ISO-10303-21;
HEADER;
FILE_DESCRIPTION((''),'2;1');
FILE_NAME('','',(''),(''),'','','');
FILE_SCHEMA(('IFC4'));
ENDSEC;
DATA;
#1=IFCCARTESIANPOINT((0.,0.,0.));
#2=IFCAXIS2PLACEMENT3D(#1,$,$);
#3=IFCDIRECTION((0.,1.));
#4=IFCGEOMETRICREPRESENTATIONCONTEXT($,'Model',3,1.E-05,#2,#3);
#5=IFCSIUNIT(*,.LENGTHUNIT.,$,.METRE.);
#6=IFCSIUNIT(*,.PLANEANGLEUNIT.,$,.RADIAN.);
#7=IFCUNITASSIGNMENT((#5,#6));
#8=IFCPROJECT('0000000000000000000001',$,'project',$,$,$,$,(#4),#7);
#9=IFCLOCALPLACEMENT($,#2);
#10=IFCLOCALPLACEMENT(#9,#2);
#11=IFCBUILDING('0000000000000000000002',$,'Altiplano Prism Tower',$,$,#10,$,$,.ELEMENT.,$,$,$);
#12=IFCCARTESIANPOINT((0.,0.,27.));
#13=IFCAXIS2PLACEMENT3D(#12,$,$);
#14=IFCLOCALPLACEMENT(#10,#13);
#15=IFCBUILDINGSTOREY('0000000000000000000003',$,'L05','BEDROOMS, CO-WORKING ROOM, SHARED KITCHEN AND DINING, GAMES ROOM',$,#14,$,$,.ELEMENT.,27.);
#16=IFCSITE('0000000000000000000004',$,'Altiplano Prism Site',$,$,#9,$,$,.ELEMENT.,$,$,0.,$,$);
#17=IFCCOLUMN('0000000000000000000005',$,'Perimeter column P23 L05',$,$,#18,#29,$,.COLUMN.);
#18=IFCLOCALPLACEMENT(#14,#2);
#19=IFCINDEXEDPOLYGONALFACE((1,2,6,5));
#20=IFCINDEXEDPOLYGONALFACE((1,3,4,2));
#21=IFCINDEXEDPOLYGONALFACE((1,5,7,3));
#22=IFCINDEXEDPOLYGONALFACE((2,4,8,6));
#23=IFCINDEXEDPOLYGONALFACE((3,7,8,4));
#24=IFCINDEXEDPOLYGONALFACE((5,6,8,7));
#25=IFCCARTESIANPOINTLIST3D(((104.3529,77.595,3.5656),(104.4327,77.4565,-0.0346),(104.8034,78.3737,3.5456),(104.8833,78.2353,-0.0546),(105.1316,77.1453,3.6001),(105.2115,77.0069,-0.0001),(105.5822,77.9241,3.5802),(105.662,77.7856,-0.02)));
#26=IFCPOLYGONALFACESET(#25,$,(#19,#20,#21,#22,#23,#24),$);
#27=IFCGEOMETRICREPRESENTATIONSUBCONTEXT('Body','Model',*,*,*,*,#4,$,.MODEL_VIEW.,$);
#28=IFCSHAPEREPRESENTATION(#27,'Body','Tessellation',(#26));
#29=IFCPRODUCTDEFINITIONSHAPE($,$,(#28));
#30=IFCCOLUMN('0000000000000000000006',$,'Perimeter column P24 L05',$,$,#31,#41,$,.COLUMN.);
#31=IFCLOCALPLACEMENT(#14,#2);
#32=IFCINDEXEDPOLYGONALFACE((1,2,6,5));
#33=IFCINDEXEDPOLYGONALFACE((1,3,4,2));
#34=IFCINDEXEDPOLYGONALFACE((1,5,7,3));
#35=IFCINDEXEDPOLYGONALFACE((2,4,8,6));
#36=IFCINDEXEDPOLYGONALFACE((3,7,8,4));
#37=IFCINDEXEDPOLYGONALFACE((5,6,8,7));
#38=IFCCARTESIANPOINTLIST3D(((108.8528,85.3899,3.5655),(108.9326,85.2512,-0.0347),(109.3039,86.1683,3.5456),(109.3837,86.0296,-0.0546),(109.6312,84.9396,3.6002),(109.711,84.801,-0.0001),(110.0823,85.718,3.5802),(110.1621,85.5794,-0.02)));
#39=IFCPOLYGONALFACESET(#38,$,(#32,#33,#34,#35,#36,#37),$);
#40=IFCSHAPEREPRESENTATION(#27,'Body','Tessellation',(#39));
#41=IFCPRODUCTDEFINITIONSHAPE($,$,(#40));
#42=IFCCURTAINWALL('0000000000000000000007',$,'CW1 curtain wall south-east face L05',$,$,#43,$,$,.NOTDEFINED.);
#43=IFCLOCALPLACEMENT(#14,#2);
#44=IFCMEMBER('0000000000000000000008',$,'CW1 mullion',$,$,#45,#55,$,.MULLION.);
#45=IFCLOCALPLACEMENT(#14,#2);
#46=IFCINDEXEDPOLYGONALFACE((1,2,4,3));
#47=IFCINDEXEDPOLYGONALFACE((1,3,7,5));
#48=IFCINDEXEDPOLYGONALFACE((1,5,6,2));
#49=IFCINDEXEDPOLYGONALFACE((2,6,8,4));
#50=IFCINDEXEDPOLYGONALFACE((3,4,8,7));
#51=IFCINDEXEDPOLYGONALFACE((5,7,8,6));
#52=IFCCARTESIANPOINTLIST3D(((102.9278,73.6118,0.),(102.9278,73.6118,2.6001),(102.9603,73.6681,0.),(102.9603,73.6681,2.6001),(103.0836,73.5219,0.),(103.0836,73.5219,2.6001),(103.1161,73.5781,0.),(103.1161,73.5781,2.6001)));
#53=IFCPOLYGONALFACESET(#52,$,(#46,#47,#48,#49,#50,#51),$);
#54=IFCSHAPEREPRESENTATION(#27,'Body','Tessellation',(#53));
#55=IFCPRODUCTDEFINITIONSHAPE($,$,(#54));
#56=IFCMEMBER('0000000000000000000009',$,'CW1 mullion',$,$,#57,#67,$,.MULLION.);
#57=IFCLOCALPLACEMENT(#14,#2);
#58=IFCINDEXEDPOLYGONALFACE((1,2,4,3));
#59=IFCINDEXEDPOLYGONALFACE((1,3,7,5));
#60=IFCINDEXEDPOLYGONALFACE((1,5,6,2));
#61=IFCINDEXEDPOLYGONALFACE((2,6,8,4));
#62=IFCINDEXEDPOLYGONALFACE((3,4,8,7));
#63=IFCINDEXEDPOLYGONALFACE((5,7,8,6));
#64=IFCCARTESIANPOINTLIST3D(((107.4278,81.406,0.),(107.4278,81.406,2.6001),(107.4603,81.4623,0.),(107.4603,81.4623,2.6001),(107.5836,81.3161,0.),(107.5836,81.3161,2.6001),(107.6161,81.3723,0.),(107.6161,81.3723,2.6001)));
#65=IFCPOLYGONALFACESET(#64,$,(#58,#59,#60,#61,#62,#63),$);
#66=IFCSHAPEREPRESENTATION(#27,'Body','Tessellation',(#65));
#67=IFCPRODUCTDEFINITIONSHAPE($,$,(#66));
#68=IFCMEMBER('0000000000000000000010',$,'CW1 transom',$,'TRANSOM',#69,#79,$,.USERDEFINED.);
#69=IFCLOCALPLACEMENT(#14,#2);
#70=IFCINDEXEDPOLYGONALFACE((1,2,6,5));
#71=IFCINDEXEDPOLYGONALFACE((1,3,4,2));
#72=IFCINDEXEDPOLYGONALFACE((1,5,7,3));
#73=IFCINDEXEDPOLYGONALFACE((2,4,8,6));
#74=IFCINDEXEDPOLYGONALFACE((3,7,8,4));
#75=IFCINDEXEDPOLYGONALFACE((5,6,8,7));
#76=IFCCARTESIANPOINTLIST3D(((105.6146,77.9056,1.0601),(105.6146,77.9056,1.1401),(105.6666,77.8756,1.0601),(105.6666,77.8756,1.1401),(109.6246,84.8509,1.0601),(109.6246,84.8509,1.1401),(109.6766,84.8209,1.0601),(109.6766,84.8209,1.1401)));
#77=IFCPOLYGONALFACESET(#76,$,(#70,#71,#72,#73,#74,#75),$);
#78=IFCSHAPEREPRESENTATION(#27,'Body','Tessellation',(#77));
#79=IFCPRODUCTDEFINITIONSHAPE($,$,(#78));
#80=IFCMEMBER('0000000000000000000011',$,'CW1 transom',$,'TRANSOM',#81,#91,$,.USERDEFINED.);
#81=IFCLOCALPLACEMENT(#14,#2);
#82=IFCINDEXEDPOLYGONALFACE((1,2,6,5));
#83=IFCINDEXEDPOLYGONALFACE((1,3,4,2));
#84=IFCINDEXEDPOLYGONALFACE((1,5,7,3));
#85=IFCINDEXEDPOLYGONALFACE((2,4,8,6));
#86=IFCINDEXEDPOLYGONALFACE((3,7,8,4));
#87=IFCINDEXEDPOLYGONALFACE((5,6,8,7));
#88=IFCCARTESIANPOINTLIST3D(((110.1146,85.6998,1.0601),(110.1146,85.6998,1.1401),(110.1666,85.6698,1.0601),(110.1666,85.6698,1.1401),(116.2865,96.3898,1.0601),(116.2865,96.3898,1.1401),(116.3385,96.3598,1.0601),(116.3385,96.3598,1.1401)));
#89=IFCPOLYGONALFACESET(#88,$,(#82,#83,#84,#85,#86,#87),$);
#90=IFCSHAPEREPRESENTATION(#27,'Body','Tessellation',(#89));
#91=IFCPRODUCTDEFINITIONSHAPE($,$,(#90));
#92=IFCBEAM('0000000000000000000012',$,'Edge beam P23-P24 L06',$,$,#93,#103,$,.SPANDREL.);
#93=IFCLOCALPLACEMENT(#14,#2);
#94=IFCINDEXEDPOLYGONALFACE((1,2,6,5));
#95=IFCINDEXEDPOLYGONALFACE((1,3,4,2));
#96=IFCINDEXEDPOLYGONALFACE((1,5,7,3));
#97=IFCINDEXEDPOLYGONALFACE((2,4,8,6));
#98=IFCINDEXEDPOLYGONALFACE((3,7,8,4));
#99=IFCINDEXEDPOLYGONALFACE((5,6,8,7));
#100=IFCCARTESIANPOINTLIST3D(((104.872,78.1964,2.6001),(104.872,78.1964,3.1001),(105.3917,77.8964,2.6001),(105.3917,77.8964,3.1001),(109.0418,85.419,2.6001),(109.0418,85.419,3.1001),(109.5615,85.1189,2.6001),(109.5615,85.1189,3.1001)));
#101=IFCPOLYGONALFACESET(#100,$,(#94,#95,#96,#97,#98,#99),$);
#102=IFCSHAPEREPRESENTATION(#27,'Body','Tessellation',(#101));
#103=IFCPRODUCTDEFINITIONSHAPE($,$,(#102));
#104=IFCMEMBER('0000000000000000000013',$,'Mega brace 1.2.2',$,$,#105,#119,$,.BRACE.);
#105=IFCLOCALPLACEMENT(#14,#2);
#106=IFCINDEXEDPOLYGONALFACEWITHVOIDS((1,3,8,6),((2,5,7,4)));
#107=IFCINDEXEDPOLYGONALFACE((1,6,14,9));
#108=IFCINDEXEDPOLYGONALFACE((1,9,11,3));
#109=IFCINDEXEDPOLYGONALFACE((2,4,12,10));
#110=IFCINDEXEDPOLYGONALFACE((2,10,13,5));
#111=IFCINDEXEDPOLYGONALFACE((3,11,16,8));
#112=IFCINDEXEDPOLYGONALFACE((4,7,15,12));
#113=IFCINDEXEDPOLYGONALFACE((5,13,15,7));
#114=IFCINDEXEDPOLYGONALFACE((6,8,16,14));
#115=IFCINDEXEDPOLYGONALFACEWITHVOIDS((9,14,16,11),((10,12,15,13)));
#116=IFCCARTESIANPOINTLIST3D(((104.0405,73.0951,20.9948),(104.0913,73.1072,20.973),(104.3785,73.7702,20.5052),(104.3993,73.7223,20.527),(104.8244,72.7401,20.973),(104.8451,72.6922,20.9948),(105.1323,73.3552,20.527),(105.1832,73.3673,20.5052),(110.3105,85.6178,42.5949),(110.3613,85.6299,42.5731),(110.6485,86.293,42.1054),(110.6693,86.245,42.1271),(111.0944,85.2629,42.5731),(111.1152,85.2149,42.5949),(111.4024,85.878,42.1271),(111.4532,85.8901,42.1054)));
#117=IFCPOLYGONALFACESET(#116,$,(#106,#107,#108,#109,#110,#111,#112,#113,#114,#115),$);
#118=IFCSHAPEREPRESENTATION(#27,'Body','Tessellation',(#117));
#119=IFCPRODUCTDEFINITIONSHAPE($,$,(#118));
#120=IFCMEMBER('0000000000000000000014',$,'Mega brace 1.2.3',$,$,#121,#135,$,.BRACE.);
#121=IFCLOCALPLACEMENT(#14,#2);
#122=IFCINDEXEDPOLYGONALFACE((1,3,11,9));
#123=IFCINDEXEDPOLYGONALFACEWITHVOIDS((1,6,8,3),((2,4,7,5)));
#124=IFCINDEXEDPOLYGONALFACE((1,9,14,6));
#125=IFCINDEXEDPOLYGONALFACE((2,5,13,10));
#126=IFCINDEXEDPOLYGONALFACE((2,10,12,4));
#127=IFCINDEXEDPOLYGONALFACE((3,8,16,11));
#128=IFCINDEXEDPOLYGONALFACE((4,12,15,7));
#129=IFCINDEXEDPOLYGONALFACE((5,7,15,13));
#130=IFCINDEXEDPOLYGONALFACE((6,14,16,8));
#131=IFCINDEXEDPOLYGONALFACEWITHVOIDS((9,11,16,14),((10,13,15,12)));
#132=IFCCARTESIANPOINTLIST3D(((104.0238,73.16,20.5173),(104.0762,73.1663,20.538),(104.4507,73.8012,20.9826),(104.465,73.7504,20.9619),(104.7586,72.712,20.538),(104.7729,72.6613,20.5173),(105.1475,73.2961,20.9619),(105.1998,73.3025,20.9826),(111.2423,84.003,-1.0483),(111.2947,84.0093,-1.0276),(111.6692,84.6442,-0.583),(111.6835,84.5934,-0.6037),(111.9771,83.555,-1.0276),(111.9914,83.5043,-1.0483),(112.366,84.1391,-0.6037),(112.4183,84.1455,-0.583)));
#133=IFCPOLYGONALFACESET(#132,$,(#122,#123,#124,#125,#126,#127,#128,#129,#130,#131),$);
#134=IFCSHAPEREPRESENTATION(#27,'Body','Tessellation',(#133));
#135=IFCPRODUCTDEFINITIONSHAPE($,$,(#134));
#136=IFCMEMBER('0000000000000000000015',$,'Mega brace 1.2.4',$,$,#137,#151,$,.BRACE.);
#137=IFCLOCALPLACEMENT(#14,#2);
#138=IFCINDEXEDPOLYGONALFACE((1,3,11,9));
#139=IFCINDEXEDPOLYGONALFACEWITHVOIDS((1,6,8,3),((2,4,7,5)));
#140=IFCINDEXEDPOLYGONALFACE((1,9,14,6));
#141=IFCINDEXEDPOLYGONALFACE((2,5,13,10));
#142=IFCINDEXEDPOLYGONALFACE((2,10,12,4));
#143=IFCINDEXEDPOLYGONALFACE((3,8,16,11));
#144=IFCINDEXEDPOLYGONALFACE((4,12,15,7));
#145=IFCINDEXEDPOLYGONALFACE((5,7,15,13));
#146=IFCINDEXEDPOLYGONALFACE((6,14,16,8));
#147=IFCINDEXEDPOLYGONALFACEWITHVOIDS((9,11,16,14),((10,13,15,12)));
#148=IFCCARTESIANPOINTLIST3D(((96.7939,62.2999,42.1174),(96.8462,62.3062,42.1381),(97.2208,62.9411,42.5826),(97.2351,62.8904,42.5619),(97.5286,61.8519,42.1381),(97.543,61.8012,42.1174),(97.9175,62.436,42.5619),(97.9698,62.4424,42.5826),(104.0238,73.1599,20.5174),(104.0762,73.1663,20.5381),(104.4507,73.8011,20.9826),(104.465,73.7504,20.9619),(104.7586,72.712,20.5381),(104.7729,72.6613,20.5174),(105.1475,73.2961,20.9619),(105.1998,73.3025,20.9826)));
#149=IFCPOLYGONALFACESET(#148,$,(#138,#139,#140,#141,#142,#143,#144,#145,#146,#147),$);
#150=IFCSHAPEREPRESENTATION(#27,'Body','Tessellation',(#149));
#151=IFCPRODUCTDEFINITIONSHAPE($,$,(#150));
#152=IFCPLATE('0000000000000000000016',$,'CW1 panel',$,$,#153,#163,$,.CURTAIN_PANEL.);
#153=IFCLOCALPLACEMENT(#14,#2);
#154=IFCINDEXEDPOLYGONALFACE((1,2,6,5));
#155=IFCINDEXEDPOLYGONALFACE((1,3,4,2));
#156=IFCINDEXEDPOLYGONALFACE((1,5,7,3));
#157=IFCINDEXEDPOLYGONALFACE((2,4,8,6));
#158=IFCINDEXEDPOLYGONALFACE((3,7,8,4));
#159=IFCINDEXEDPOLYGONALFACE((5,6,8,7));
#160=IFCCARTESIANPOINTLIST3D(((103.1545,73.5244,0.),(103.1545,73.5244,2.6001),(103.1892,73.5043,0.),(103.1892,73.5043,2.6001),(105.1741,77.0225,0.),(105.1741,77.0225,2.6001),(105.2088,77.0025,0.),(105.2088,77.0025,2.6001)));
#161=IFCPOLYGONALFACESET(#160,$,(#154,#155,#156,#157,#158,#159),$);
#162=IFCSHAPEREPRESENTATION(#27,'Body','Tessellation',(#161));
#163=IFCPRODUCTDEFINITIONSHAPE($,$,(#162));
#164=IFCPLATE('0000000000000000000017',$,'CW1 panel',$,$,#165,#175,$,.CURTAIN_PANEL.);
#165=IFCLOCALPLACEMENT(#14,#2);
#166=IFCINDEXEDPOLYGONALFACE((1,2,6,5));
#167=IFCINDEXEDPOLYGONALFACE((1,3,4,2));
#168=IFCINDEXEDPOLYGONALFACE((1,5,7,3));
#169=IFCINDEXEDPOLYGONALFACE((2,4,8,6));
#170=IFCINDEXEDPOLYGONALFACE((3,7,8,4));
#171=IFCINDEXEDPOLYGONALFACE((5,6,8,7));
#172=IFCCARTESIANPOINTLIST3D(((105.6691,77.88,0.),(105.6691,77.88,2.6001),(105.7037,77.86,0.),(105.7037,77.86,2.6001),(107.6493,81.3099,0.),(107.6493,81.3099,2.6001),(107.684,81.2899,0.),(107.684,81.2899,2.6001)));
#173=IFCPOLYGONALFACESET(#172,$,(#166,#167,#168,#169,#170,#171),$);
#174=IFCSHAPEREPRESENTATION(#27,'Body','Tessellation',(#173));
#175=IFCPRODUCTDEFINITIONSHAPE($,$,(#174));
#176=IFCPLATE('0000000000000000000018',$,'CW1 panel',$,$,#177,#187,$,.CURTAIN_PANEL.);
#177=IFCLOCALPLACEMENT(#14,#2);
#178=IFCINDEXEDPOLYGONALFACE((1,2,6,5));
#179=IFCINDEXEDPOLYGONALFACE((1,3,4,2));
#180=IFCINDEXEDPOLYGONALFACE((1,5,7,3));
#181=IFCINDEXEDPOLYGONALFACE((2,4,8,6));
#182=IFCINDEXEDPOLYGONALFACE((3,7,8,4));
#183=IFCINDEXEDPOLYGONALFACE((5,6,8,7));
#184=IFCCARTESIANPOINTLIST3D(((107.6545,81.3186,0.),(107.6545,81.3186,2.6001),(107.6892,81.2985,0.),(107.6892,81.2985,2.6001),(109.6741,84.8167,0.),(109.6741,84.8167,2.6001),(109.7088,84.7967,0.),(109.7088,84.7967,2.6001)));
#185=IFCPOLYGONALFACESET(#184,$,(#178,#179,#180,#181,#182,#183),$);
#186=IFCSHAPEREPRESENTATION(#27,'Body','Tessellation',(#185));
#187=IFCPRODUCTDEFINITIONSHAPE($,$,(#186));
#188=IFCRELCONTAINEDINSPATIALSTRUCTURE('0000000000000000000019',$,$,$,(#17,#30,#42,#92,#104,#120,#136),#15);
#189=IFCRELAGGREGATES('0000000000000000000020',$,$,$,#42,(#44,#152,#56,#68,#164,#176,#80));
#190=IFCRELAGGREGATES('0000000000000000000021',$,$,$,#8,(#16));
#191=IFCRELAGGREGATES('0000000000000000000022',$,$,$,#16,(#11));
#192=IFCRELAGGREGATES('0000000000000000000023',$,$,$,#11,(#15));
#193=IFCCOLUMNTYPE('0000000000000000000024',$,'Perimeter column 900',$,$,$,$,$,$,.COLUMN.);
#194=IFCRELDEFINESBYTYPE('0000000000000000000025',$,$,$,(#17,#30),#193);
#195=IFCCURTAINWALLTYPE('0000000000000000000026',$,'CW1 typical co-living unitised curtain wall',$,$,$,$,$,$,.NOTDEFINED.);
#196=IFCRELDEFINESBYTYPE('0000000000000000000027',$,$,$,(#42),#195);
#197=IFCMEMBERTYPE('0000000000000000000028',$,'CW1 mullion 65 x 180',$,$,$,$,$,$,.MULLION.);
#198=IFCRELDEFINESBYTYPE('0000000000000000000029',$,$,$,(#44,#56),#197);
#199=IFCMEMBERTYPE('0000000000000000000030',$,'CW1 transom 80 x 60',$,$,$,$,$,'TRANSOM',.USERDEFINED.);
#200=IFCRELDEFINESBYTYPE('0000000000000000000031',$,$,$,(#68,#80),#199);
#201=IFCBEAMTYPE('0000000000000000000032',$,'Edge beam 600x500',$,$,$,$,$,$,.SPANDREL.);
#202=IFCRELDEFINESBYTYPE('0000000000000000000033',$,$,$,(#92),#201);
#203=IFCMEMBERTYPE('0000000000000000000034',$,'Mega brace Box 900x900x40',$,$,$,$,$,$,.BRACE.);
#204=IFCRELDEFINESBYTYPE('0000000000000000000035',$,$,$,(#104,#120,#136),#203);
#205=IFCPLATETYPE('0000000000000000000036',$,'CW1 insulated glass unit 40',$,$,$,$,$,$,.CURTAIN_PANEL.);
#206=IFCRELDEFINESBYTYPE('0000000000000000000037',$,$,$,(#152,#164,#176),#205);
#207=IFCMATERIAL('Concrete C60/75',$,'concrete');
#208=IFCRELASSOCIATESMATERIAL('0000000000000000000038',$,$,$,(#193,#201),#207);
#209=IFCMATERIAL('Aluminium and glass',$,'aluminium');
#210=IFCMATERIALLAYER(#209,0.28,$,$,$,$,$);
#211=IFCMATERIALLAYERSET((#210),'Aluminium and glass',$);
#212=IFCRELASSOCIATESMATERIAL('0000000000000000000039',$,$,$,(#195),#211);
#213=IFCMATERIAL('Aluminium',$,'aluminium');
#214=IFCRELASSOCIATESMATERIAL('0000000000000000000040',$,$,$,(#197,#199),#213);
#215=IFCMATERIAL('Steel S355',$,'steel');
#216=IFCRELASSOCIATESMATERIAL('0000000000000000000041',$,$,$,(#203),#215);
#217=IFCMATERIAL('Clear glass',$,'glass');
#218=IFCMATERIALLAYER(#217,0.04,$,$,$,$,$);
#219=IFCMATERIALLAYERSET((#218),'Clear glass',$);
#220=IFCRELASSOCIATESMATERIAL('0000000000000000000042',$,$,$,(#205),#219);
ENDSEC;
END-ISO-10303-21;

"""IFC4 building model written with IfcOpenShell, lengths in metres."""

from ifc_helpers import new_model, si_unit, direction, frame, origin, origin_2d, place, context, subcontext, project, spatial, rectangle, hollow_rectangle, extrude, material, layer, layer_set, material_profile, profile_set, type_object, element, aggregate, save


model = new_model("IFC4")

# Units and contexts
model_context = context("Model", 3, precision=1e-05, world=origin(), true_north=direction((0.0, 1.0)))
body_context = subcontext(model_context, "Body", "Model", "MODEL_VIEW")
ifc_project = project(units=[si_unit("LENGTHUNIT", "METRE"), si_unit("PLANEANGLEUNIT", "RADIAN")], contexts=[model_context])

# Site, building, storey
site_placement = place(None, origin())
site = spatial("IfcSite", under=ifc_project, at=site_placement, Name="Altiplano Prism Site", CompositionType="ELEMENT", RefElevation=0.0)
building_placement = place(site_placement, origin())
building = spatial("IfcBuilding", under=site, at=building_placement, Name="Altiplano Prism Tower", CompositionType="ELEMENT")
storey_placement = place(building_placement, frame((0.0, 0.0, 27.0)))
storey = spatial("IfcBuildingStorey", under=building, at=storey_placement, Name="L05", Description="BEDROOMS, CO-WORKING ROOM, SHARED KITCHEN AND DINING, GAMES ROOM", CompositionType="ELEMENT", Elevation=27.0)

# Columns
ifc_material_1 = material(Name="Concrete C60/75", Category="concrete")
ifc_material_profile_1 = material_profile(ifc_material_1, rectangle(XDim=0.8999, YDim=0.8999, at=origin_2d()), Name="Perimeter column 900")
ifc_profile_set_1 = profile_set([ifc_material_profile_1], Name="Concrete C60/75")
column_type = type_object("IfcColumnType", Name="Perimeter column 900", PredefinedType="COLUMN", material=ifc_profile_set_1)
for number, where, z_axis, x_axis, name in (
    (1, (105.0474, 77.6211, -0.0273), (-0.022154, 0.038413, 0.999016), (-0.500653, -0.865364, 0.022172), "Perimeter column P23 L05"),
    (2, (109.5474, 85.4153, -0.0273), (-0.022154, 0.038481, 0.999014), (-0.501313, -0.864981, 0.022201), "Perimeter column P24 L05"),
):
    element("IfcColumn", number, at=place(storey_placement, frame(where, z_axis=z_axis, x_axis=x_axis)), inside=storey, type_object=column_type, Name=name, PredefinedType="COLUMN", context=body_context, shape_type="SweptSolid", body=[
        extrude(rectangle(XDim=0.8999, YDim=0.8999, at=origin_2d()), origin(), (0.0, 0.0, 1.0), 3.6038),
    ])

# Curtain wall, members
ifc_material_2 = material(Name="Aluminium and glass", Category="aluminium")
ifc_layer_1 = layer(ifc_material_2, 0.28)
ifc_layer_set_1 = layer_set([ifc_layer_1], Name="Aluminium and glass")
curtain_wall_type = type_object("IfcCurtainWallType", Name="CW1 typical co-living unitised curtain wall", PredefinedType="NOTDEFINED", material=ifc_layer_set_1)
curtain_wall_placement = place(storey_placement, origin())
curtain_wall = element("IfcCurtainWall", 3, at=curtain_wall_placement, inside=storey, type_object=curtain_wall_type, Name="CW1 curtain wall south-east face L05", PredefinedType="NOTDEFINED")
ifc_material_3 = material(Name="Aluminium", Category="aluminium")
ifc_material_profile_2 = material_profile(ifc_material_3, rectangle(XDim=0.1799, YDim=0.0649, at=origin_2d()), Name="CW1 mullion 65 x 180")
ifc_profile_set_2 = profile_set([ifc_material_profile_2], Name="Aluminium")
member_type_1 = type_object("IfcMemberType", Name="CW1 mullion 65 x 180", PredefinedType="MULLION", material=ifc_profile_set_2)
member_1_placement = place(storey_placement, frame((103.022, 73.595, 0.0), z_axis=(0.0, 0.0, 1.0), x_axis=(-0.866025, 0.5, 0.0)))
member_1 = element("IfcMember", 4, at=member_1_placement, type_object=member_type_1, Name="CW1 mullion", PredefinedType="MULLION", context=body_context, shape_type="SweptSolid", body=[
    extrude(rectangle(XDim=0.1799, YDim=0.0649, at=origin_2d()), origin(), (0.0, 0.0, 1.0), 2.6001),
])
member_2_placement = place(storey_placement, frame((107.522, 81.3892, 0.0), z_axis=(0.0, 0.0, 1.0), x_axis=(-0.866025, 0.5, 0.0)))
member_2 = element("IfcMember", 5, at=member_2_placement, type_object=member_type_1, Name="CW1 mullion", PredefinedType="MULLION", context=body_context, shape_type="SweptSolid", body=[
    extrude(rectangle(XDim=0.1799, YDim=0.0649, at=origin_2d()), origin(), (0.0, 0.0, 1.0), 2.6001),
])
ifc_material_profile_3 = material_profile(ifc_material_3, rectangle(XDim=0.0601, YDim=0.0801, at=origin_2d()), Name="CW1 transom 80 x 60")
ifc_profile_set_3 = profile_set([ifc_material_profile_3], Name="Aluminium")
member_type_2 = type_object("IfcMemberType", Name="CW1 transom 80 x 60", ElementType="TRANSOM", PredefinedType="USERDEFINED", material=ifc_profile_set_3)
member_3_placement = place(storey_placement, frame((105.6406, 77.8906, 1.1001), z_axis=(0.500012, 0.866018, 0.0), x_axis=(-0.866018, 0.500012, 0.0)))
member_3 = element("IfcMember", 6, at=member_3_placement, type_object=member_type_2, Name="CW1 transom", ObjectType="TRANSOM", PredefinedType="USERDEFINED", context=body_context, shape_type="SweptSolid", body=[
    extrude(rectangle(XDim=0.0601, YDim=0.0801, at=origin_2d()), origin(), (0.0, 0.0, 1.0), 8.0198),
])
member_4_placement = place(storey_placement, frame((110.1406, 85.6848, 1.1001), z_axis=(0.500002, 0.866024, 0.0), x_axis=(-0.866024, 0.500002, 0.0)))
member_4 = element("IfcMember", 7, at=member_4_placement, type_object=member_type_2, Name="CW1 transom", ObjectType="TRANSOM", PredefinedType="USERDEFINED", context=body_context, shape_type="SweptSolid", body=[
    extrude(rectangle(XDim=0.0601, YDim=0.0801, at=origin_2d()), origin(), (0.0, 0.0, 1.0), 12.3438),
])

# Beam
ifc_material_profile_4 = material_profile(ifc_material_1, rectangle(XDim=0.6001, YDim=0.5, at=origin_2d()), Name="Edge beam 600x500")
ifc_profile_set_4 = profile_set([ifc_material_profile_4], Name="Concrete C60/75")
beam_type = type_object("IfcBeamType", Name="Edge beam 600x500", PredefinedType="SPANDREL", material=ifc_profile_set_4)
beam_placement = place(storey_placement, frame((105.1318, 78.0464, 2.8501), z_axis=(0.499993, 0.86603, 0.0), x_axis=(-0.86603, 0.499993, 0.0)))
element("IfcBeam", 8, at=beam_placement, inside=storey, type_object=beam_type, Name="Edge beam P23-P24 L06", PredefinedType="SPANDREL", context=body_context, shape_type="SweptSolid", body=[
    extrude(rectangle(XDim=0.6001, YDim=0.5, at=origin_2d()), origin(), (0.0, 0.0, 1.0), 8.3398),
])

# Members
ifc_material_4 = material(Name="Steel S355", Category="steel")
ifc_material_profile_5 = material_profile(ifc_material_4, hollow_rectangle(XDim=0.8999, YDim=0.8999, WallThickness=0.04, at=origin_2d()), Name="Mega brace Box 900x900x40")
ifc_profile_set_5 = profile_set([ifc_material_profile_5], Name="Steel S355")
member_type_3 = type_object("IfcMemberType", Name="Mega brace Box 900x900x40", PredefinedType="BRACE", material=ifc_profile_set_5)
member_5_placement = place(storey_placement, frame((104.6118, 73.2312, 20.75), z_axis=(0.243563, 0.486453, 0.839071), x_axis=(-0.89418, 0.447709, 0.0)))
element("IfcMember", 9, at=member_5_placement, inside=storey, type_object=member_type_3, Name="Mega brace 1.2.2", PredefinedType="BRACE", context=body_context, shape_type="SweptSolid", body=[
    extrude(hollow_rectangle(XDim=0.8999, YDim=0.8999, WallThickness=0.04, at=origin_2d()), origin(), (0.0, 0.0, 1.0), 25.7429),
])
member_6_placement = place(storey_placement, frame((111.8303, 84.0742, -0.8157), z_axis=(-0.286513, -0.430375, 0.855972), x_axis=(0.832411, -0.554159, 0.0)))
element("IfcMember", 10, at=member_6_placement, inside=storey, type_object=member_type_3, Name="Mega brace 1.2.3", PredefinedType="BRACE", context=body_context, shape_type="SweptSolid", body=[
    extrude(hollow_rectangle(XDim=0.8999, YDim=0.8999, WallThickness=0.04, at=origin_2d()), origin(), (0.0, 0.0, 1.0), 25.1943),
])
member_7_placement = place(storey_placement, frame((104.6118, 73.2312, 20.75), z_axis=(-0.286512, -0.430368, 0.855976), x_axis=(0.832407, -0.554165, 0.0)))
element("IfcMember", 11, at=member_7_placement, inside=storey, type_object=member_type_3, Name="Mega brace 1.2.4", PredefinedType="BRACE", context=body_context, shape_type="SweptSolid", body=[
    extrude(hollow_rectangle(XDim=0.8999, YDim=0.8999, WallThickness=0.04, at=origin_2d()), origin(), (0.0, 0.0, 1.0), 25.2344),
])

# Plates
ifc_material_5 = material(Name="Clear glass", Category="glass")
ifc_layer_2 = layer(ifc_material_5, 0.04)
ifc_layer_set_2 = layer_set([ifc_layer_2], Name="Clear glass")
plate_type = type_object("IfcPlateType", Name="CW1 insulated glass unit 40", PredefinedType="CURTAIN_PANEL", material=ifc_layer_set_2)
plate_1_placement = place(storey_placement, frame((104.1816, 75.2634, 0.0), z_axis=(0.0, 0.0, 1.0), x_axis=(0.5, 0.866025, 0.0)))
plate_1 = element("IfcPlate", 12, at=plate_1_placement, type_object=plate_type, Name="CW1 panel", PredefinedType="CURTAIN_PANEL", context=body_context, shape_type="SweptSolid", body=[
    extrude(rectangle(XDim=4.0393, YDim=0.04, at=origin_2d()), origin(), (0.0, 0.0, 1.0), 2.6001),
])
plate_2_placement = place(storey_placement, frame((106.6765, 79.585, 0.0), z_axis=(0.0, 0.0, 1.0), x_axis=(0.5, 0.866025, 0.0)))
plate_2 = element("IfcPlate", 13, at=plate_2_placement, type_object=plate_type, Name="CW1 panel", PredefinedType="CURTAIN_PANEL", context=body_context, shape_type="SweptSolid", body=[
    extrude(rectangle(XDim=3.9604, YDim=0.04, at=origin_2d()), origin(), (0.0, 0.0, 1.0), 2.6001),
])
plate_3_placement = place(storey_placement, frame((108.6816, 83.0576, 0.0), z_axis=(0.0, 0.0, 1.0), x_axis=(0.5, 0.866025, 0.0)))
plate_3 = element("IfcPlate", 14, at=plate_3_placement, type_object=plate_type, Name="CW1 panel", PredefinedType="CURTAIN_PANEL", context=body_context, shape_type="SweptSolid", body=[
    extrude(rectangle(XDim=4.0393, YDim=0.04, at=origin_2d()), origin(), (0.0, 0.0, 1.0), 2.6001),
])
aggregate(curtain_wall, [member_1, plate_1, member_2, member_3, plate_2, plate_3, member_4])

save(model, "model.ifc")
